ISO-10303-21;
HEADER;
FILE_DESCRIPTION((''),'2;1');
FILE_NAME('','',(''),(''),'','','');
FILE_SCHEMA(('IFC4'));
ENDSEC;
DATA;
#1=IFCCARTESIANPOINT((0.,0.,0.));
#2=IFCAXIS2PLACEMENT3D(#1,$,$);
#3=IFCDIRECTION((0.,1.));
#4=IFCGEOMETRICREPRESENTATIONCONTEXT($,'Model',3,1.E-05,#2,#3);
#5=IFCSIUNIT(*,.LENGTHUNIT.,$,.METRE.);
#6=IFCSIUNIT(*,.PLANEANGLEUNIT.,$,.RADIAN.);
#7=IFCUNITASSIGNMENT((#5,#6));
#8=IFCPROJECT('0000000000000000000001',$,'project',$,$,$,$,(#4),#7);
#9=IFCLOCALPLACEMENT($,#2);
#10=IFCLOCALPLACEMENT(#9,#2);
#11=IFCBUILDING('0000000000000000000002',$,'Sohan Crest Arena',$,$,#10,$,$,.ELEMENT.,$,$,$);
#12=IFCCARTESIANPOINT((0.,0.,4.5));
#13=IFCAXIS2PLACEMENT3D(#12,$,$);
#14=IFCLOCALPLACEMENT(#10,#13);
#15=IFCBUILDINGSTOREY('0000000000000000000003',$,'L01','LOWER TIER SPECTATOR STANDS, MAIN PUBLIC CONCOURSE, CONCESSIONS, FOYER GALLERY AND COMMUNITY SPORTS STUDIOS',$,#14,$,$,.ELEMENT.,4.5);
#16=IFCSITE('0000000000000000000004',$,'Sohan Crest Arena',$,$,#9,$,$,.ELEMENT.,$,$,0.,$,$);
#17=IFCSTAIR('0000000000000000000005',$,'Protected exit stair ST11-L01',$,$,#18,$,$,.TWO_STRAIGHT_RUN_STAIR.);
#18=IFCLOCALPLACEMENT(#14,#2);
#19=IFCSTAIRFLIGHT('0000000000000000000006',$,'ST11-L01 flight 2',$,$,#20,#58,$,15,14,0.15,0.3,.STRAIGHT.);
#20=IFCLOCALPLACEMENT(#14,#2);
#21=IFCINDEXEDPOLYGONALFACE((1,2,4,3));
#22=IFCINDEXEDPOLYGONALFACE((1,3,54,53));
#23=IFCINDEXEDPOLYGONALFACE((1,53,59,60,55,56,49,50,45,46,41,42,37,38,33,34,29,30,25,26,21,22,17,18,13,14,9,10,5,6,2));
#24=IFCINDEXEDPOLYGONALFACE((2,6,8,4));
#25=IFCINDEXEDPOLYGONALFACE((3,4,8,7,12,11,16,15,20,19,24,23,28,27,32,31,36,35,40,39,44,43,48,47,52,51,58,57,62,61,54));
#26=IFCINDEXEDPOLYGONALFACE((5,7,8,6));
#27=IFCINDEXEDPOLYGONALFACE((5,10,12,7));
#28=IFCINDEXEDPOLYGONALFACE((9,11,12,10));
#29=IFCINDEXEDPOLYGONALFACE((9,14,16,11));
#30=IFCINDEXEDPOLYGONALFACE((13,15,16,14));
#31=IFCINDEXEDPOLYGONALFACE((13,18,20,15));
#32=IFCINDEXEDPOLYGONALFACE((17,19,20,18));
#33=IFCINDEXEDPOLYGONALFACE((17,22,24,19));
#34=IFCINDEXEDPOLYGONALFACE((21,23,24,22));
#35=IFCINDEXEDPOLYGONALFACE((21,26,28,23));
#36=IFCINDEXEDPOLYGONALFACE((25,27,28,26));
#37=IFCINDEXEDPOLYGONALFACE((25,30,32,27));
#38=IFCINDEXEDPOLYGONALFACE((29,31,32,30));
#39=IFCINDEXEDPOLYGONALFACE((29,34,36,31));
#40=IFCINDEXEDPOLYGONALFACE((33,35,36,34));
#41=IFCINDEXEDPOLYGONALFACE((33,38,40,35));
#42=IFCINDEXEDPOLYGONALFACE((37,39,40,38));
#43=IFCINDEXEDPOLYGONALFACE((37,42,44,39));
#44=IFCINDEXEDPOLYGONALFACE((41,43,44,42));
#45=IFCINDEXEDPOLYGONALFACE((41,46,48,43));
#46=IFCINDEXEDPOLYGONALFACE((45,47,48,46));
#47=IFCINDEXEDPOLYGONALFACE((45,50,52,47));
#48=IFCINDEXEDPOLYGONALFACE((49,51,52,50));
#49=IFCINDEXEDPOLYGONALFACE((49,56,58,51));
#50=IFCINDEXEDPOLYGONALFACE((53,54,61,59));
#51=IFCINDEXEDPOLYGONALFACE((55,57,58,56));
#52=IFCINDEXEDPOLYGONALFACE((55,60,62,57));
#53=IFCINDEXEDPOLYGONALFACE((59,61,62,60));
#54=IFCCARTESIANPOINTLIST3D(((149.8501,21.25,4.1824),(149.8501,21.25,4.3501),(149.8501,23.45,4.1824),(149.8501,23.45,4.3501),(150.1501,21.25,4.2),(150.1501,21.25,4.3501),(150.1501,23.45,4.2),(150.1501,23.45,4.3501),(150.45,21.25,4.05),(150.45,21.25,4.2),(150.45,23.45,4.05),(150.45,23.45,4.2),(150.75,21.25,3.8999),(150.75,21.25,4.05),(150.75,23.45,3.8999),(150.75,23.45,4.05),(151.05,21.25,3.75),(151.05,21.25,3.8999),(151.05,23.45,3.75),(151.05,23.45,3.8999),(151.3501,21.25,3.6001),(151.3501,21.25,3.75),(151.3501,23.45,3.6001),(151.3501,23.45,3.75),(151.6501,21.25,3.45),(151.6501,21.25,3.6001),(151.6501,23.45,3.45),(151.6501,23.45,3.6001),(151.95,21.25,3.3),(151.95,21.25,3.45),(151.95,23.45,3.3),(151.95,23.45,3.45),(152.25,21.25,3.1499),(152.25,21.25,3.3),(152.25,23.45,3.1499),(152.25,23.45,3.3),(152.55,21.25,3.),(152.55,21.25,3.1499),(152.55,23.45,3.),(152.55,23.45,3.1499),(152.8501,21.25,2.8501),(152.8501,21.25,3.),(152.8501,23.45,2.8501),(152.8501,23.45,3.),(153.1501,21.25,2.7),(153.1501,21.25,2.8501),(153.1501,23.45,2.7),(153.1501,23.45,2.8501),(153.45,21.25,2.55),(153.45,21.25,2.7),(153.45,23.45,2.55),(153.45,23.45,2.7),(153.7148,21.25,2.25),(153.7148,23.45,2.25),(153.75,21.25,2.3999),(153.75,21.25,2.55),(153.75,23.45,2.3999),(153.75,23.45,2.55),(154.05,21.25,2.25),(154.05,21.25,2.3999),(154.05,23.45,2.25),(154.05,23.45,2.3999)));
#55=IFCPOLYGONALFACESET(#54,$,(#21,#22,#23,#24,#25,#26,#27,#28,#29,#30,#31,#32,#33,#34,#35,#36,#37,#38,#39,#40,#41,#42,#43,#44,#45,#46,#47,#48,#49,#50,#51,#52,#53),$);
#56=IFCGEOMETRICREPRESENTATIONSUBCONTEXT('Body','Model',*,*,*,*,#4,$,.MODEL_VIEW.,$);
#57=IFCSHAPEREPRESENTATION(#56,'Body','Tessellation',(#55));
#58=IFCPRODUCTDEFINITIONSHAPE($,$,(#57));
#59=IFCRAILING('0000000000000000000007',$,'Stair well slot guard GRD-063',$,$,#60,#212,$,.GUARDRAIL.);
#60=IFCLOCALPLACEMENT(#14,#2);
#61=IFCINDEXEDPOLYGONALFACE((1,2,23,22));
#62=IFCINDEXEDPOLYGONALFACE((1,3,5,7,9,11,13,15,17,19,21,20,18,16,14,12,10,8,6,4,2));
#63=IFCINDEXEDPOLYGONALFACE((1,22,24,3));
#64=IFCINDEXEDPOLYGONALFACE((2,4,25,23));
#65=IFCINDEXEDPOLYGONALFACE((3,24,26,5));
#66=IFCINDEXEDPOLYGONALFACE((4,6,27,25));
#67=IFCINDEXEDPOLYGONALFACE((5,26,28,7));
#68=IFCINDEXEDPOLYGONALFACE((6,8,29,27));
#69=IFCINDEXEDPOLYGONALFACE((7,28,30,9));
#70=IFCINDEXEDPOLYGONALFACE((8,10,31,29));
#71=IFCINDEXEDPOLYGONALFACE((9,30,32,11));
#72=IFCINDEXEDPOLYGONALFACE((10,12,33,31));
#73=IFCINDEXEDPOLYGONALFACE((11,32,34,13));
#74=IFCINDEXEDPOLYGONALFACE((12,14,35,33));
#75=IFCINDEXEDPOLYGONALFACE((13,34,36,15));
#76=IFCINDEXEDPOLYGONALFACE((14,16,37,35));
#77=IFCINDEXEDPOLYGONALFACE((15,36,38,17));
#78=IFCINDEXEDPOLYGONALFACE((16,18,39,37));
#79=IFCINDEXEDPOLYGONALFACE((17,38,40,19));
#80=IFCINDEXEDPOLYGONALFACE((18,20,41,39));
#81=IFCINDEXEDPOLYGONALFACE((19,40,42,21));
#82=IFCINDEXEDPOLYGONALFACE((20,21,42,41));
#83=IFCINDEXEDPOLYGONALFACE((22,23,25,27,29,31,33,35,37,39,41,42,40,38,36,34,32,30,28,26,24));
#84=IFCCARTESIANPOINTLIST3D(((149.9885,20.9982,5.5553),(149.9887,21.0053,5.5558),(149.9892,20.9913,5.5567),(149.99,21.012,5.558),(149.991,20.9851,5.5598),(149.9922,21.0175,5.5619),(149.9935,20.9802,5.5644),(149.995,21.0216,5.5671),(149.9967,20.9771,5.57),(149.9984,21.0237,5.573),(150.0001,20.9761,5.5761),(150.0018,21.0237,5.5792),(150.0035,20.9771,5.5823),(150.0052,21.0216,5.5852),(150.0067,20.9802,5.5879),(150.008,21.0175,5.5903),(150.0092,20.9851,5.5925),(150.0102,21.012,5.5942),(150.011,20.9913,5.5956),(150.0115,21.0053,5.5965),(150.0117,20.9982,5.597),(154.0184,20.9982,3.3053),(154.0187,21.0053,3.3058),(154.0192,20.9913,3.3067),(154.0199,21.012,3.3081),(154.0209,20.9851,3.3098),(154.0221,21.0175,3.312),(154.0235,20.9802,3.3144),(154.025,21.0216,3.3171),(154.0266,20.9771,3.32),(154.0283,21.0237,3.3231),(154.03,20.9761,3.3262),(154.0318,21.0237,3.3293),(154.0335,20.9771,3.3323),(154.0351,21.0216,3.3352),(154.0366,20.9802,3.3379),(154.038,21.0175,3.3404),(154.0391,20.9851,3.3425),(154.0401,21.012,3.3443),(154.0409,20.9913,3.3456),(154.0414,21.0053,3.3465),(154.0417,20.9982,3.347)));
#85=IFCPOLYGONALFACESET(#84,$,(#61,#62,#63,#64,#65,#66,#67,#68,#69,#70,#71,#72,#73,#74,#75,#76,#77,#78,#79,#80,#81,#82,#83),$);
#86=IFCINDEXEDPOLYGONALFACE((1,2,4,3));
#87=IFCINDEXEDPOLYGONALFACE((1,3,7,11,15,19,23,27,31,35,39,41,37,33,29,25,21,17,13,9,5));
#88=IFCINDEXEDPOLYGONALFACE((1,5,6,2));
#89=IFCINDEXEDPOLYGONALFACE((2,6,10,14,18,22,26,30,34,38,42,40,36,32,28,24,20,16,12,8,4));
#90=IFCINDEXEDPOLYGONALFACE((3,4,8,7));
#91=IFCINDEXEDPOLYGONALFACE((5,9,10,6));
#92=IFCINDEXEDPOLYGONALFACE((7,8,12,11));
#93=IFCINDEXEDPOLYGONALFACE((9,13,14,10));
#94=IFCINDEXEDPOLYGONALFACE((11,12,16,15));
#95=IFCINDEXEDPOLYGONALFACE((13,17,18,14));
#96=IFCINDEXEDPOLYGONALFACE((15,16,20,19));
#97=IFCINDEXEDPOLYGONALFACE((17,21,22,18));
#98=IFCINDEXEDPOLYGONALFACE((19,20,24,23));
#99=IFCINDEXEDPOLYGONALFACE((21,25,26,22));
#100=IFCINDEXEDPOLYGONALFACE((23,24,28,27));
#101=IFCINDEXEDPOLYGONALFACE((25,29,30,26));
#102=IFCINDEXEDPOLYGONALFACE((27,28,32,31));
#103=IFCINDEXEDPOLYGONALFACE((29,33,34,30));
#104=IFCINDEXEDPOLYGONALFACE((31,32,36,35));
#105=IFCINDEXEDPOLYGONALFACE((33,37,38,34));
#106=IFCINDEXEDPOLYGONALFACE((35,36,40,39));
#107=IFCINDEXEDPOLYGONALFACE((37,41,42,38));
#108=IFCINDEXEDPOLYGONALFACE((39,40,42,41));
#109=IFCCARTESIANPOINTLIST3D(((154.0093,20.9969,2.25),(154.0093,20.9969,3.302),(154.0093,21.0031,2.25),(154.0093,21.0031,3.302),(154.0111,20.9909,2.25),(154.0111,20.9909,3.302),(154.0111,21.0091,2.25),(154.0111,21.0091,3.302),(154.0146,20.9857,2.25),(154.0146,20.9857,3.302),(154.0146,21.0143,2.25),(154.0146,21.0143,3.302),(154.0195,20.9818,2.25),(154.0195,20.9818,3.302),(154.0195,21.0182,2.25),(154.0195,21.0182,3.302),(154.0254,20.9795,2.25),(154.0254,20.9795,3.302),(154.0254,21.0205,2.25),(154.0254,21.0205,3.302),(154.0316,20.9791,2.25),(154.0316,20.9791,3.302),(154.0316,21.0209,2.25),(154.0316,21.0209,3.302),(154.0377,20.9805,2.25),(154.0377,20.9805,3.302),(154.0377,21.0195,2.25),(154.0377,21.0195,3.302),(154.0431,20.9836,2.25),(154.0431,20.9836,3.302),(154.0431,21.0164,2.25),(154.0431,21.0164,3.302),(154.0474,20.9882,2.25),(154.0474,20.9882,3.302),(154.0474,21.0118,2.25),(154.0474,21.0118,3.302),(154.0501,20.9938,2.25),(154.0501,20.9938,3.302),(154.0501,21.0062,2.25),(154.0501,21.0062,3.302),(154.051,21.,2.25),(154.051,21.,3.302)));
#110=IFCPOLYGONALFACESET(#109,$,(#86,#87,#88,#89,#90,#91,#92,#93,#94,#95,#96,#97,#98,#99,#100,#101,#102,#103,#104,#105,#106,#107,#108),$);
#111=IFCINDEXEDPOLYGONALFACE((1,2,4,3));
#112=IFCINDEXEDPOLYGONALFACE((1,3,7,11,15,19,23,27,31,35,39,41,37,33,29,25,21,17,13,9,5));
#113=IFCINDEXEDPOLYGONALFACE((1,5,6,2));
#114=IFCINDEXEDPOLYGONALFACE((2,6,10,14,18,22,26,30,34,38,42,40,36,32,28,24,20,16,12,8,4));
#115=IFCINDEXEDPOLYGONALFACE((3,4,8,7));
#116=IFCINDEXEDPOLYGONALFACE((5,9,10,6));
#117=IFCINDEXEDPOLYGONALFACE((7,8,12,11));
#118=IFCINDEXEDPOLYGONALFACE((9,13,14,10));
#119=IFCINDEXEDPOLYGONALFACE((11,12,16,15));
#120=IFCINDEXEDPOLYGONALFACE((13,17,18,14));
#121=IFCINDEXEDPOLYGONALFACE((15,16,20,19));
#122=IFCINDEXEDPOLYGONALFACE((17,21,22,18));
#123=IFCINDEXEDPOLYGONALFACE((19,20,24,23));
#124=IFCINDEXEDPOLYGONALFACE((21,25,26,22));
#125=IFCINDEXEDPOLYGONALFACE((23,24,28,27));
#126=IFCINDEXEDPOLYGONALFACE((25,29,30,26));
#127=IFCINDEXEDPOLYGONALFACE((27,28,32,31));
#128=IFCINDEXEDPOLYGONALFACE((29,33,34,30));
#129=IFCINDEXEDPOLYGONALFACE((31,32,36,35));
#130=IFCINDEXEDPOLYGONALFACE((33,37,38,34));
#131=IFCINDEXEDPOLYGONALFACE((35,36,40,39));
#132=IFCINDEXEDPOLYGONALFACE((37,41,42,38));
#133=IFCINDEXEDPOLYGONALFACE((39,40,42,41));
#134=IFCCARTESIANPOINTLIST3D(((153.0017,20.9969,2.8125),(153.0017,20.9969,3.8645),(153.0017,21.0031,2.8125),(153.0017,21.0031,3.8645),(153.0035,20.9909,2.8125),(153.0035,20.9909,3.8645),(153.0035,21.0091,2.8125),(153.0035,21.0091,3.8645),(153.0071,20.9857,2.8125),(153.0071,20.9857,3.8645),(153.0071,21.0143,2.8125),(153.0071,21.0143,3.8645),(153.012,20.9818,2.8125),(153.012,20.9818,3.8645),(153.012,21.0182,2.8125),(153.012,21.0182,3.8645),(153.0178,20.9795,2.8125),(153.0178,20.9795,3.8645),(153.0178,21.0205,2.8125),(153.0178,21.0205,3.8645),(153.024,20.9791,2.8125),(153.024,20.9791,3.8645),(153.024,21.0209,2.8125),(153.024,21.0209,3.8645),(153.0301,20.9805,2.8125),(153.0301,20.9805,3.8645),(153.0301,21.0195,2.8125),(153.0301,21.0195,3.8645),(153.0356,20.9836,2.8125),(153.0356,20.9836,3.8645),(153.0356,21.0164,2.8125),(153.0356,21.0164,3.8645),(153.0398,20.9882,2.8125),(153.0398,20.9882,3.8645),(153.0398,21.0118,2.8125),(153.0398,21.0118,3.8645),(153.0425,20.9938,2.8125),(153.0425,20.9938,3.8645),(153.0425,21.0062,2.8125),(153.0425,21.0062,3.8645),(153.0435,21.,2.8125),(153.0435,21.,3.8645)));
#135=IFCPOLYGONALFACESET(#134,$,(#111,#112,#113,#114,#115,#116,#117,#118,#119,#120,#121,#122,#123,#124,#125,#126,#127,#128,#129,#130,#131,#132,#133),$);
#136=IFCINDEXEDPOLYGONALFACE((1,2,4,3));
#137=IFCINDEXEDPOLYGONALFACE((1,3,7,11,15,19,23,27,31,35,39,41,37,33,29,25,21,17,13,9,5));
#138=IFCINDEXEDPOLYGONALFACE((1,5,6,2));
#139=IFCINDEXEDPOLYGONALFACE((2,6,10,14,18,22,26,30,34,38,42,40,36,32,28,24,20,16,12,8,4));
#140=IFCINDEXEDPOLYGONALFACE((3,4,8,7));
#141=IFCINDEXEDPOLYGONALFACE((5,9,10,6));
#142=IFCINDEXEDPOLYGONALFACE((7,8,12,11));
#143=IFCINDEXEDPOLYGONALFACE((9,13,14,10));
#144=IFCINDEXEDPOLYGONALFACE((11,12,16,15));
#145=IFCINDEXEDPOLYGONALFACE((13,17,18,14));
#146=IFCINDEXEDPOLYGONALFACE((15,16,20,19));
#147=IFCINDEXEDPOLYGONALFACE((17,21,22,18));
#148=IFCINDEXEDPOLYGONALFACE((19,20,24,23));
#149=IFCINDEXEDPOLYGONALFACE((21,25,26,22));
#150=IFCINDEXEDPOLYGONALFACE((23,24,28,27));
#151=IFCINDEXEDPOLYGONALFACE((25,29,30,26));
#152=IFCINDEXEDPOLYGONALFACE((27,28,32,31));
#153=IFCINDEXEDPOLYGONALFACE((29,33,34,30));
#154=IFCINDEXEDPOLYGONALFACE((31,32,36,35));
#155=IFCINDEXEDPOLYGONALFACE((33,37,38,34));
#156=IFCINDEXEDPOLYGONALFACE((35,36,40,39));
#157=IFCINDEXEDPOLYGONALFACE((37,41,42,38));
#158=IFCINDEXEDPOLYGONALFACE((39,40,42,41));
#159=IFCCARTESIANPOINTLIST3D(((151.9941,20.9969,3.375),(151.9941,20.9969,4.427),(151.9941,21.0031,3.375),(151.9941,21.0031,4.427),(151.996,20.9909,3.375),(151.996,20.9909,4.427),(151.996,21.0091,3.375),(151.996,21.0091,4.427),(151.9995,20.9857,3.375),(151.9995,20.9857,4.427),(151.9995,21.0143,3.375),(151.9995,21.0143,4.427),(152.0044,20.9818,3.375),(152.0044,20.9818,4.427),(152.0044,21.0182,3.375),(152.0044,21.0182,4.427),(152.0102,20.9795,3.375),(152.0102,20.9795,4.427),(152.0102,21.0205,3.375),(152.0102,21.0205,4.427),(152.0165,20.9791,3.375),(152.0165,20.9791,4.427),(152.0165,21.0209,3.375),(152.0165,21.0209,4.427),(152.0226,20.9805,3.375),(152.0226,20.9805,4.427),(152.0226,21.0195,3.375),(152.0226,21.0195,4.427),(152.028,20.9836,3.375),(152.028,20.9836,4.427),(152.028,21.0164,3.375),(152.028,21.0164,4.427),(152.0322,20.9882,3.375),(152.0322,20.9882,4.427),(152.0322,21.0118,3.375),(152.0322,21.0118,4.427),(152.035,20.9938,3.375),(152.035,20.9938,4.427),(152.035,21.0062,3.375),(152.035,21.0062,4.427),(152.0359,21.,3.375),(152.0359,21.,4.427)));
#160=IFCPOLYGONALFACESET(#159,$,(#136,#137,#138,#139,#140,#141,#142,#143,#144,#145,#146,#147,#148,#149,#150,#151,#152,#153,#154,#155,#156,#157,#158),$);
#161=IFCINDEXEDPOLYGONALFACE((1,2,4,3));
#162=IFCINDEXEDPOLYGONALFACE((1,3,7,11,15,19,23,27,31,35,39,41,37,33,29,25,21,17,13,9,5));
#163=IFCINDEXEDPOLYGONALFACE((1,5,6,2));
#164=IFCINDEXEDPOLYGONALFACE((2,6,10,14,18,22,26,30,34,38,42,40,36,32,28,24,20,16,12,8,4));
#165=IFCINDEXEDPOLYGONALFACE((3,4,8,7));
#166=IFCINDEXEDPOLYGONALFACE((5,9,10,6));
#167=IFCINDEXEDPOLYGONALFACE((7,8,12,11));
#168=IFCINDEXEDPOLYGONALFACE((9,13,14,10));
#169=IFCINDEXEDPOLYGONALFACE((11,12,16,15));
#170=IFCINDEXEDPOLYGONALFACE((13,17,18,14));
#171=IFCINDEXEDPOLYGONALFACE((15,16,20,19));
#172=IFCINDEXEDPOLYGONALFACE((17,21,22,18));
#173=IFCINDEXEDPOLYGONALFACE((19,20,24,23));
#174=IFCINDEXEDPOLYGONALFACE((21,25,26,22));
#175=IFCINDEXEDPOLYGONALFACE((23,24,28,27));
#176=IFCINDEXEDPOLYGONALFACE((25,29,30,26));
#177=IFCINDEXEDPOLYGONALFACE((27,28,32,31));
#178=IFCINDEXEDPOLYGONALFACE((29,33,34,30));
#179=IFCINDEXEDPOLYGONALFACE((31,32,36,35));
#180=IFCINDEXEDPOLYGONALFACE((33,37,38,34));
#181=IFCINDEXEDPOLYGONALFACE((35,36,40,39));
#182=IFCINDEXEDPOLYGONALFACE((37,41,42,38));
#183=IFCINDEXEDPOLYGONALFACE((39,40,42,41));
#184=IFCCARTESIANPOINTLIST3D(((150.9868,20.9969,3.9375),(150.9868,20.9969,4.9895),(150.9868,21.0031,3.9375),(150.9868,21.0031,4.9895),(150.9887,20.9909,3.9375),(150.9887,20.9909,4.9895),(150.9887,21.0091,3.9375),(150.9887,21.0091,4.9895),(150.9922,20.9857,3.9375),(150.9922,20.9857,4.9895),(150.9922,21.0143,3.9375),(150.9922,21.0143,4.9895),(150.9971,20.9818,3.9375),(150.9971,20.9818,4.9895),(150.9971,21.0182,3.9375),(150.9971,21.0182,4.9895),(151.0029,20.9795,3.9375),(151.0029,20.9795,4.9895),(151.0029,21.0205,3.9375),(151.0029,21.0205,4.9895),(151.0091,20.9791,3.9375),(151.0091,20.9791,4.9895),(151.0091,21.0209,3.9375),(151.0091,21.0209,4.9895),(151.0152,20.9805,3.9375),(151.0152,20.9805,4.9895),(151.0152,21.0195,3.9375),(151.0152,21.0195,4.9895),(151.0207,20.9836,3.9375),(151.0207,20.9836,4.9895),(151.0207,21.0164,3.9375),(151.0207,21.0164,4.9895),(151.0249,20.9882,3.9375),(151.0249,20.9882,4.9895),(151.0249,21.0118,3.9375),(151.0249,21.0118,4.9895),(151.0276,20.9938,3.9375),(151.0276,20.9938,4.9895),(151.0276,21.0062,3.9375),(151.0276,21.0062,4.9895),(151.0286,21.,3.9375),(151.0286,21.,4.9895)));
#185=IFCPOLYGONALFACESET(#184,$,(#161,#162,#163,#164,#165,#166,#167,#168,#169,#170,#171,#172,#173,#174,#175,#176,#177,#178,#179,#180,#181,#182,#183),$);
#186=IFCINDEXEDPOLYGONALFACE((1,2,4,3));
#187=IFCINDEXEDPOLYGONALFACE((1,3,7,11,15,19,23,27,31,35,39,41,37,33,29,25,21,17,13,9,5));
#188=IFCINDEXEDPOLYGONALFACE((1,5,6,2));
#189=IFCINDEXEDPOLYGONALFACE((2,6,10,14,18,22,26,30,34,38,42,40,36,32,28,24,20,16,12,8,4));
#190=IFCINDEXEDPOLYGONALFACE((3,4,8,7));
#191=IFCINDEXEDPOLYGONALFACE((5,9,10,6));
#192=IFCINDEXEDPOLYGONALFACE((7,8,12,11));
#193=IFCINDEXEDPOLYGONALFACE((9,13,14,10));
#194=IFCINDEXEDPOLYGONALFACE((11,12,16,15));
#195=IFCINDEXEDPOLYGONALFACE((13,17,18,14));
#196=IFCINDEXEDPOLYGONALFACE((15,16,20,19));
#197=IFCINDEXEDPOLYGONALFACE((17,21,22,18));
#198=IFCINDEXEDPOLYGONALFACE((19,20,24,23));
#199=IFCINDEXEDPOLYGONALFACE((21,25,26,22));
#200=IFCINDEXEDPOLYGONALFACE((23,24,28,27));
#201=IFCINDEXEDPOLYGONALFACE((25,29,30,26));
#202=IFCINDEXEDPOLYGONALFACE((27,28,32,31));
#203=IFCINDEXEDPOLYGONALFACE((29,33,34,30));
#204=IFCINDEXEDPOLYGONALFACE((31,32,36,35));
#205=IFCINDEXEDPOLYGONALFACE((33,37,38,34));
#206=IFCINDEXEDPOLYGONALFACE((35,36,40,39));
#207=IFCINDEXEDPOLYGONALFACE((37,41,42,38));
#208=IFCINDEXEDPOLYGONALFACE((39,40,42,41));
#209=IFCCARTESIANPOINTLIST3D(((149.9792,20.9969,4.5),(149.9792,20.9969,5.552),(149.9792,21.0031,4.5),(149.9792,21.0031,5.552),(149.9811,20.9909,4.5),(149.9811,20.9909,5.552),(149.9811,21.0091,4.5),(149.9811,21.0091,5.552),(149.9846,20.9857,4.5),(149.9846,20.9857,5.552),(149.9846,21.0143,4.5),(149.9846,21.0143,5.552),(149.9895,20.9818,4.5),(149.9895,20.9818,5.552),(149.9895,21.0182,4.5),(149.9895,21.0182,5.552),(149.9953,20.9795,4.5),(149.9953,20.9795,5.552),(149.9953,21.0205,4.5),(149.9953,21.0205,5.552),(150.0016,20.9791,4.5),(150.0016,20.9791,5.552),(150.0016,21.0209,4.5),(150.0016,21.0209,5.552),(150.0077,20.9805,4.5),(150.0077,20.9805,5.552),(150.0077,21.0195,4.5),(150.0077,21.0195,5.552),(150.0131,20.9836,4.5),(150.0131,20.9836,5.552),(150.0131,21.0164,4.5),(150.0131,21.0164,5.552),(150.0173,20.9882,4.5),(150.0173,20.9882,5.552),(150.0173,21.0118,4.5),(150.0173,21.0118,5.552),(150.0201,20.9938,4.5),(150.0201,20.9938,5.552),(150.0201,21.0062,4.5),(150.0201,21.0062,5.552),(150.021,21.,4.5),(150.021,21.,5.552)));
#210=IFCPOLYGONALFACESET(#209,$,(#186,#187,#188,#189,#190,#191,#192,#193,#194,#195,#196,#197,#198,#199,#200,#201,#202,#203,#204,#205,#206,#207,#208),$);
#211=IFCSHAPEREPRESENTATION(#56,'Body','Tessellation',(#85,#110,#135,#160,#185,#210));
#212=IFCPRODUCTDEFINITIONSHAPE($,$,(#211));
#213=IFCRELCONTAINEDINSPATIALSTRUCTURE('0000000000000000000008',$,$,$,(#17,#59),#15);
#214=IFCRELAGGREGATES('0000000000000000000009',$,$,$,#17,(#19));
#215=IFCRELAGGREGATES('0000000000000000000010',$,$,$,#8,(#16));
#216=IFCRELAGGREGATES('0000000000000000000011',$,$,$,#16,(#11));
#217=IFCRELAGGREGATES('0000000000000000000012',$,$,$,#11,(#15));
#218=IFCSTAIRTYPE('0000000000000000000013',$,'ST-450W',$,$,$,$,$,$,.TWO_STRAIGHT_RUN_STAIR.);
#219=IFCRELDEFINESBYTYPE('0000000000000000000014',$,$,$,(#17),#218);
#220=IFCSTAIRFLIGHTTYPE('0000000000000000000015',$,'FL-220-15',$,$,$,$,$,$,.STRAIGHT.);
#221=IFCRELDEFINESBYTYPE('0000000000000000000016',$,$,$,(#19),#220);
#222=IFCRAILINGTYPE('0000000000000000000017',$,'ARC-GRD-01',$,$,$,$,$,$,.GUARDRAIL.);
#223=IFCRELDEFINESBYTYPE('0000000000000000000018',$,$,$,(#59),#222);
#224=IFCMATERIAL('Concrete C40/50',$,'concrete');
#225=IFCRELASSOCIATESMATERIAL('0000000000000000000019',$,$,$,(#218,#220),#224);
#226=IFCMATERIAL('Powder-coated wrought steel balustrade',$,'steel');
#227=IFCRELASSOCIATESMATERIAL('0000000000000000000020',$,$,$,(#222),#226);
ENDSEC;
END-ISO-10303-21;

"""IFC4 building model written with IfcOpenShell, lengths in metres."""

from ifc_helpers import new_model, si_unit, direction, frame, origin, origin_2d, place, context, subcontext, project, spatial, polyline, circle, outline, extrude, material, type_object, element, aggregate, save


model = new_model("IFC4")

# Units and contexts
model_context = context("Model", 3, precision=1e-05, world=origin(), true_north=direction((0.0, 1.0)))
body_context = subcontext(model_context, "Body", "Model", "MODEL_VIEW")
ifc_project = project(units=[si_unit("LENGTHUNIT", "METRE"), si_unit("PLANEANGLEUNIT", "RADIAN")], contexts=[model_context])

# Site, building, storey
site_placement = place(None, origin())
site = spatial("IfcSite", under=ifc_project, at=site_placement, Name="Sohan Crest Arena", CompositionType="ELEMENT", RefElevation=0.0)
building_placement = place(site_placement, origin())
building = spatial("IfcBuilding", under=site, at=building_placement, Name="Sohan Crest Arena", CompositionType="ELEMENT")
storey_placement = place(building_placement, frame((0.0, 0.0, 4.5)))
storey = spatial("IfcBuildingStorey", under=building, at=storey_placement, Name="L01", Description="LOWER TIER SPECTATOR STANDS, MAIN PUBLIC CONCOURSE, CONCESSIONS, FOYER GALLERY AND COMMUNITY SPORTS STUDIOS", CompositionType="ELEMENT", Elevation=4.5)

# Stair, stair flight
ifc_material_1 = material(Name="Concrete C40/50", Category="concrete")
stair_type = type_object("IfcStairType", Name="ST-450W", PredefinedType="TWO_STRAIGHT_RUN_STAIR", material=ifc_material_1)
stair_placement = place(storey_placement, origin())
stair = element("IfcStair", 1, at=stair_placement, inside=storey, type_object=stair_type, Name="Protected exit stair ST11-L01", PredefinedType="TWO_STRAIGHT_RUN_STAIR")
stair_flight_type = type_object("IfcStairFlightType", Name="FL-220-15", PredefinedType="STRAIGHT", material=ifc_material_1)
stair_flight_1_placement = place(storey_placement, frame((154.05, 22.3501, 2.25), z_axis=(0.0, 0.0, 1.0), x_axis=(-1.0, 0.0, 0.0)))
stair_flight_1 = element("IfcStairFlight", 2, at=stair_flight_1_placement, type_object=stair_flight_type, Name="ST11-L01 flight 2", NumberOfRisers=15, NumberOfTreads=14, PredefinedType="STRAIGHT", RiserHeight=0.15, TreadLength=0.3, context=body_context, shape_type="SweptSolid", body=[
    extrude(outline(polyline([(0.0, 0.0), (0.0, 0.1499), (0.3, 0.1499), (0.3, 0.3), (0.6001, 0.3), (0.6001, 0.45), (0.8999, 0.45), (0.8999, 0.6001), (1.2, 0.6001), (1.2, 0.75), (1.5, 0.75), (1.5, 0.8999), (1.8, 0.8999), (1.8, 1.05), (2.1001, 1.05), (2.1001, 1.2), (2.3999, 1.2), (2.3999, 1.3501), (2.7, 1.3501), (2.7, 1.5), (3.0, 1.5), (3.0, 1.6499), (3.3, 1.6499), (3.3, 1.8), (3.6001, 1.8), (3.6001, 1.95), (3.8999, 1.95), (3.8999, 2.1001), (4.2, 2.1001), (4.2, 2.25), (4.2, 1.9324), (0.3352, 0.0), (0.0, 0.0)])), frame((0.0, 1.1001, 0.0), z_axis=(0.0, -1.0, 0.0), x_axis=(1.0, 0.0, 0.0)), (0.0, 0.0, 1.0), 2.2),
])
aggregate(stair, [stair_flight_1])

# Railing
ifc_material_2 = material(Name="Powder-coated wrought steel balustrade", Category="steel")
railing_type_1 = type_object("IfcRailingType", Name="ARC-GRD-01", PredefinedType="GUARDRAIL", material=ifc_material_2)
railing_1_placement = place(storey_placement, frame((154.03, 21.0, 2.25)))
element("IfcRailing", 3, at=railing_1_placement, inside=storey, type_object=railing_type_1, Name="Stair well slot guard GRD-063", PredefinedType="GUARDRAIL", context=body_context, shape_type="SweptSolid", body=[
    extrude(circle(Radius=0.0239, at=origin_2d()), frame((0.0, 0.0, 1.0762), z_axis=(-0.873135, 0.0, 0.487479), x_axis=(0.0, -1.0, 0.0)), (0.0, 0.0, 1.0), 4.6155),
    extrude(circle(Radius=0.021, at=origin_2d()), origin(), (0.0, 0.0, 1.0), 1.052),
    extrude(circle(Radius=0.021, at=origin_2d()), frame((-1.0076, 0.0, 0.5625)), (0.0, 0.0, 1.0), 1.052),
    extrude(circle(Radius=0.021, at=origin_2d()), frame((-2.0151, 0.0, 1.125)), (0.0, 0.0, 1.0), 1.052),
    extrude(circle(Radius=0.021, at=origin_2d()), frame((-3.0225, 0.0, 1.6875)), (0.0, 0.0, 1.0), 1.052),
    extrude(circle(Radius=0.021, at=origin_2d()), frame((-4.03, 0.0, 2.25)), (0.0, 0.0, 1.0), 1.052),
])

save(model, "model.ifc")
